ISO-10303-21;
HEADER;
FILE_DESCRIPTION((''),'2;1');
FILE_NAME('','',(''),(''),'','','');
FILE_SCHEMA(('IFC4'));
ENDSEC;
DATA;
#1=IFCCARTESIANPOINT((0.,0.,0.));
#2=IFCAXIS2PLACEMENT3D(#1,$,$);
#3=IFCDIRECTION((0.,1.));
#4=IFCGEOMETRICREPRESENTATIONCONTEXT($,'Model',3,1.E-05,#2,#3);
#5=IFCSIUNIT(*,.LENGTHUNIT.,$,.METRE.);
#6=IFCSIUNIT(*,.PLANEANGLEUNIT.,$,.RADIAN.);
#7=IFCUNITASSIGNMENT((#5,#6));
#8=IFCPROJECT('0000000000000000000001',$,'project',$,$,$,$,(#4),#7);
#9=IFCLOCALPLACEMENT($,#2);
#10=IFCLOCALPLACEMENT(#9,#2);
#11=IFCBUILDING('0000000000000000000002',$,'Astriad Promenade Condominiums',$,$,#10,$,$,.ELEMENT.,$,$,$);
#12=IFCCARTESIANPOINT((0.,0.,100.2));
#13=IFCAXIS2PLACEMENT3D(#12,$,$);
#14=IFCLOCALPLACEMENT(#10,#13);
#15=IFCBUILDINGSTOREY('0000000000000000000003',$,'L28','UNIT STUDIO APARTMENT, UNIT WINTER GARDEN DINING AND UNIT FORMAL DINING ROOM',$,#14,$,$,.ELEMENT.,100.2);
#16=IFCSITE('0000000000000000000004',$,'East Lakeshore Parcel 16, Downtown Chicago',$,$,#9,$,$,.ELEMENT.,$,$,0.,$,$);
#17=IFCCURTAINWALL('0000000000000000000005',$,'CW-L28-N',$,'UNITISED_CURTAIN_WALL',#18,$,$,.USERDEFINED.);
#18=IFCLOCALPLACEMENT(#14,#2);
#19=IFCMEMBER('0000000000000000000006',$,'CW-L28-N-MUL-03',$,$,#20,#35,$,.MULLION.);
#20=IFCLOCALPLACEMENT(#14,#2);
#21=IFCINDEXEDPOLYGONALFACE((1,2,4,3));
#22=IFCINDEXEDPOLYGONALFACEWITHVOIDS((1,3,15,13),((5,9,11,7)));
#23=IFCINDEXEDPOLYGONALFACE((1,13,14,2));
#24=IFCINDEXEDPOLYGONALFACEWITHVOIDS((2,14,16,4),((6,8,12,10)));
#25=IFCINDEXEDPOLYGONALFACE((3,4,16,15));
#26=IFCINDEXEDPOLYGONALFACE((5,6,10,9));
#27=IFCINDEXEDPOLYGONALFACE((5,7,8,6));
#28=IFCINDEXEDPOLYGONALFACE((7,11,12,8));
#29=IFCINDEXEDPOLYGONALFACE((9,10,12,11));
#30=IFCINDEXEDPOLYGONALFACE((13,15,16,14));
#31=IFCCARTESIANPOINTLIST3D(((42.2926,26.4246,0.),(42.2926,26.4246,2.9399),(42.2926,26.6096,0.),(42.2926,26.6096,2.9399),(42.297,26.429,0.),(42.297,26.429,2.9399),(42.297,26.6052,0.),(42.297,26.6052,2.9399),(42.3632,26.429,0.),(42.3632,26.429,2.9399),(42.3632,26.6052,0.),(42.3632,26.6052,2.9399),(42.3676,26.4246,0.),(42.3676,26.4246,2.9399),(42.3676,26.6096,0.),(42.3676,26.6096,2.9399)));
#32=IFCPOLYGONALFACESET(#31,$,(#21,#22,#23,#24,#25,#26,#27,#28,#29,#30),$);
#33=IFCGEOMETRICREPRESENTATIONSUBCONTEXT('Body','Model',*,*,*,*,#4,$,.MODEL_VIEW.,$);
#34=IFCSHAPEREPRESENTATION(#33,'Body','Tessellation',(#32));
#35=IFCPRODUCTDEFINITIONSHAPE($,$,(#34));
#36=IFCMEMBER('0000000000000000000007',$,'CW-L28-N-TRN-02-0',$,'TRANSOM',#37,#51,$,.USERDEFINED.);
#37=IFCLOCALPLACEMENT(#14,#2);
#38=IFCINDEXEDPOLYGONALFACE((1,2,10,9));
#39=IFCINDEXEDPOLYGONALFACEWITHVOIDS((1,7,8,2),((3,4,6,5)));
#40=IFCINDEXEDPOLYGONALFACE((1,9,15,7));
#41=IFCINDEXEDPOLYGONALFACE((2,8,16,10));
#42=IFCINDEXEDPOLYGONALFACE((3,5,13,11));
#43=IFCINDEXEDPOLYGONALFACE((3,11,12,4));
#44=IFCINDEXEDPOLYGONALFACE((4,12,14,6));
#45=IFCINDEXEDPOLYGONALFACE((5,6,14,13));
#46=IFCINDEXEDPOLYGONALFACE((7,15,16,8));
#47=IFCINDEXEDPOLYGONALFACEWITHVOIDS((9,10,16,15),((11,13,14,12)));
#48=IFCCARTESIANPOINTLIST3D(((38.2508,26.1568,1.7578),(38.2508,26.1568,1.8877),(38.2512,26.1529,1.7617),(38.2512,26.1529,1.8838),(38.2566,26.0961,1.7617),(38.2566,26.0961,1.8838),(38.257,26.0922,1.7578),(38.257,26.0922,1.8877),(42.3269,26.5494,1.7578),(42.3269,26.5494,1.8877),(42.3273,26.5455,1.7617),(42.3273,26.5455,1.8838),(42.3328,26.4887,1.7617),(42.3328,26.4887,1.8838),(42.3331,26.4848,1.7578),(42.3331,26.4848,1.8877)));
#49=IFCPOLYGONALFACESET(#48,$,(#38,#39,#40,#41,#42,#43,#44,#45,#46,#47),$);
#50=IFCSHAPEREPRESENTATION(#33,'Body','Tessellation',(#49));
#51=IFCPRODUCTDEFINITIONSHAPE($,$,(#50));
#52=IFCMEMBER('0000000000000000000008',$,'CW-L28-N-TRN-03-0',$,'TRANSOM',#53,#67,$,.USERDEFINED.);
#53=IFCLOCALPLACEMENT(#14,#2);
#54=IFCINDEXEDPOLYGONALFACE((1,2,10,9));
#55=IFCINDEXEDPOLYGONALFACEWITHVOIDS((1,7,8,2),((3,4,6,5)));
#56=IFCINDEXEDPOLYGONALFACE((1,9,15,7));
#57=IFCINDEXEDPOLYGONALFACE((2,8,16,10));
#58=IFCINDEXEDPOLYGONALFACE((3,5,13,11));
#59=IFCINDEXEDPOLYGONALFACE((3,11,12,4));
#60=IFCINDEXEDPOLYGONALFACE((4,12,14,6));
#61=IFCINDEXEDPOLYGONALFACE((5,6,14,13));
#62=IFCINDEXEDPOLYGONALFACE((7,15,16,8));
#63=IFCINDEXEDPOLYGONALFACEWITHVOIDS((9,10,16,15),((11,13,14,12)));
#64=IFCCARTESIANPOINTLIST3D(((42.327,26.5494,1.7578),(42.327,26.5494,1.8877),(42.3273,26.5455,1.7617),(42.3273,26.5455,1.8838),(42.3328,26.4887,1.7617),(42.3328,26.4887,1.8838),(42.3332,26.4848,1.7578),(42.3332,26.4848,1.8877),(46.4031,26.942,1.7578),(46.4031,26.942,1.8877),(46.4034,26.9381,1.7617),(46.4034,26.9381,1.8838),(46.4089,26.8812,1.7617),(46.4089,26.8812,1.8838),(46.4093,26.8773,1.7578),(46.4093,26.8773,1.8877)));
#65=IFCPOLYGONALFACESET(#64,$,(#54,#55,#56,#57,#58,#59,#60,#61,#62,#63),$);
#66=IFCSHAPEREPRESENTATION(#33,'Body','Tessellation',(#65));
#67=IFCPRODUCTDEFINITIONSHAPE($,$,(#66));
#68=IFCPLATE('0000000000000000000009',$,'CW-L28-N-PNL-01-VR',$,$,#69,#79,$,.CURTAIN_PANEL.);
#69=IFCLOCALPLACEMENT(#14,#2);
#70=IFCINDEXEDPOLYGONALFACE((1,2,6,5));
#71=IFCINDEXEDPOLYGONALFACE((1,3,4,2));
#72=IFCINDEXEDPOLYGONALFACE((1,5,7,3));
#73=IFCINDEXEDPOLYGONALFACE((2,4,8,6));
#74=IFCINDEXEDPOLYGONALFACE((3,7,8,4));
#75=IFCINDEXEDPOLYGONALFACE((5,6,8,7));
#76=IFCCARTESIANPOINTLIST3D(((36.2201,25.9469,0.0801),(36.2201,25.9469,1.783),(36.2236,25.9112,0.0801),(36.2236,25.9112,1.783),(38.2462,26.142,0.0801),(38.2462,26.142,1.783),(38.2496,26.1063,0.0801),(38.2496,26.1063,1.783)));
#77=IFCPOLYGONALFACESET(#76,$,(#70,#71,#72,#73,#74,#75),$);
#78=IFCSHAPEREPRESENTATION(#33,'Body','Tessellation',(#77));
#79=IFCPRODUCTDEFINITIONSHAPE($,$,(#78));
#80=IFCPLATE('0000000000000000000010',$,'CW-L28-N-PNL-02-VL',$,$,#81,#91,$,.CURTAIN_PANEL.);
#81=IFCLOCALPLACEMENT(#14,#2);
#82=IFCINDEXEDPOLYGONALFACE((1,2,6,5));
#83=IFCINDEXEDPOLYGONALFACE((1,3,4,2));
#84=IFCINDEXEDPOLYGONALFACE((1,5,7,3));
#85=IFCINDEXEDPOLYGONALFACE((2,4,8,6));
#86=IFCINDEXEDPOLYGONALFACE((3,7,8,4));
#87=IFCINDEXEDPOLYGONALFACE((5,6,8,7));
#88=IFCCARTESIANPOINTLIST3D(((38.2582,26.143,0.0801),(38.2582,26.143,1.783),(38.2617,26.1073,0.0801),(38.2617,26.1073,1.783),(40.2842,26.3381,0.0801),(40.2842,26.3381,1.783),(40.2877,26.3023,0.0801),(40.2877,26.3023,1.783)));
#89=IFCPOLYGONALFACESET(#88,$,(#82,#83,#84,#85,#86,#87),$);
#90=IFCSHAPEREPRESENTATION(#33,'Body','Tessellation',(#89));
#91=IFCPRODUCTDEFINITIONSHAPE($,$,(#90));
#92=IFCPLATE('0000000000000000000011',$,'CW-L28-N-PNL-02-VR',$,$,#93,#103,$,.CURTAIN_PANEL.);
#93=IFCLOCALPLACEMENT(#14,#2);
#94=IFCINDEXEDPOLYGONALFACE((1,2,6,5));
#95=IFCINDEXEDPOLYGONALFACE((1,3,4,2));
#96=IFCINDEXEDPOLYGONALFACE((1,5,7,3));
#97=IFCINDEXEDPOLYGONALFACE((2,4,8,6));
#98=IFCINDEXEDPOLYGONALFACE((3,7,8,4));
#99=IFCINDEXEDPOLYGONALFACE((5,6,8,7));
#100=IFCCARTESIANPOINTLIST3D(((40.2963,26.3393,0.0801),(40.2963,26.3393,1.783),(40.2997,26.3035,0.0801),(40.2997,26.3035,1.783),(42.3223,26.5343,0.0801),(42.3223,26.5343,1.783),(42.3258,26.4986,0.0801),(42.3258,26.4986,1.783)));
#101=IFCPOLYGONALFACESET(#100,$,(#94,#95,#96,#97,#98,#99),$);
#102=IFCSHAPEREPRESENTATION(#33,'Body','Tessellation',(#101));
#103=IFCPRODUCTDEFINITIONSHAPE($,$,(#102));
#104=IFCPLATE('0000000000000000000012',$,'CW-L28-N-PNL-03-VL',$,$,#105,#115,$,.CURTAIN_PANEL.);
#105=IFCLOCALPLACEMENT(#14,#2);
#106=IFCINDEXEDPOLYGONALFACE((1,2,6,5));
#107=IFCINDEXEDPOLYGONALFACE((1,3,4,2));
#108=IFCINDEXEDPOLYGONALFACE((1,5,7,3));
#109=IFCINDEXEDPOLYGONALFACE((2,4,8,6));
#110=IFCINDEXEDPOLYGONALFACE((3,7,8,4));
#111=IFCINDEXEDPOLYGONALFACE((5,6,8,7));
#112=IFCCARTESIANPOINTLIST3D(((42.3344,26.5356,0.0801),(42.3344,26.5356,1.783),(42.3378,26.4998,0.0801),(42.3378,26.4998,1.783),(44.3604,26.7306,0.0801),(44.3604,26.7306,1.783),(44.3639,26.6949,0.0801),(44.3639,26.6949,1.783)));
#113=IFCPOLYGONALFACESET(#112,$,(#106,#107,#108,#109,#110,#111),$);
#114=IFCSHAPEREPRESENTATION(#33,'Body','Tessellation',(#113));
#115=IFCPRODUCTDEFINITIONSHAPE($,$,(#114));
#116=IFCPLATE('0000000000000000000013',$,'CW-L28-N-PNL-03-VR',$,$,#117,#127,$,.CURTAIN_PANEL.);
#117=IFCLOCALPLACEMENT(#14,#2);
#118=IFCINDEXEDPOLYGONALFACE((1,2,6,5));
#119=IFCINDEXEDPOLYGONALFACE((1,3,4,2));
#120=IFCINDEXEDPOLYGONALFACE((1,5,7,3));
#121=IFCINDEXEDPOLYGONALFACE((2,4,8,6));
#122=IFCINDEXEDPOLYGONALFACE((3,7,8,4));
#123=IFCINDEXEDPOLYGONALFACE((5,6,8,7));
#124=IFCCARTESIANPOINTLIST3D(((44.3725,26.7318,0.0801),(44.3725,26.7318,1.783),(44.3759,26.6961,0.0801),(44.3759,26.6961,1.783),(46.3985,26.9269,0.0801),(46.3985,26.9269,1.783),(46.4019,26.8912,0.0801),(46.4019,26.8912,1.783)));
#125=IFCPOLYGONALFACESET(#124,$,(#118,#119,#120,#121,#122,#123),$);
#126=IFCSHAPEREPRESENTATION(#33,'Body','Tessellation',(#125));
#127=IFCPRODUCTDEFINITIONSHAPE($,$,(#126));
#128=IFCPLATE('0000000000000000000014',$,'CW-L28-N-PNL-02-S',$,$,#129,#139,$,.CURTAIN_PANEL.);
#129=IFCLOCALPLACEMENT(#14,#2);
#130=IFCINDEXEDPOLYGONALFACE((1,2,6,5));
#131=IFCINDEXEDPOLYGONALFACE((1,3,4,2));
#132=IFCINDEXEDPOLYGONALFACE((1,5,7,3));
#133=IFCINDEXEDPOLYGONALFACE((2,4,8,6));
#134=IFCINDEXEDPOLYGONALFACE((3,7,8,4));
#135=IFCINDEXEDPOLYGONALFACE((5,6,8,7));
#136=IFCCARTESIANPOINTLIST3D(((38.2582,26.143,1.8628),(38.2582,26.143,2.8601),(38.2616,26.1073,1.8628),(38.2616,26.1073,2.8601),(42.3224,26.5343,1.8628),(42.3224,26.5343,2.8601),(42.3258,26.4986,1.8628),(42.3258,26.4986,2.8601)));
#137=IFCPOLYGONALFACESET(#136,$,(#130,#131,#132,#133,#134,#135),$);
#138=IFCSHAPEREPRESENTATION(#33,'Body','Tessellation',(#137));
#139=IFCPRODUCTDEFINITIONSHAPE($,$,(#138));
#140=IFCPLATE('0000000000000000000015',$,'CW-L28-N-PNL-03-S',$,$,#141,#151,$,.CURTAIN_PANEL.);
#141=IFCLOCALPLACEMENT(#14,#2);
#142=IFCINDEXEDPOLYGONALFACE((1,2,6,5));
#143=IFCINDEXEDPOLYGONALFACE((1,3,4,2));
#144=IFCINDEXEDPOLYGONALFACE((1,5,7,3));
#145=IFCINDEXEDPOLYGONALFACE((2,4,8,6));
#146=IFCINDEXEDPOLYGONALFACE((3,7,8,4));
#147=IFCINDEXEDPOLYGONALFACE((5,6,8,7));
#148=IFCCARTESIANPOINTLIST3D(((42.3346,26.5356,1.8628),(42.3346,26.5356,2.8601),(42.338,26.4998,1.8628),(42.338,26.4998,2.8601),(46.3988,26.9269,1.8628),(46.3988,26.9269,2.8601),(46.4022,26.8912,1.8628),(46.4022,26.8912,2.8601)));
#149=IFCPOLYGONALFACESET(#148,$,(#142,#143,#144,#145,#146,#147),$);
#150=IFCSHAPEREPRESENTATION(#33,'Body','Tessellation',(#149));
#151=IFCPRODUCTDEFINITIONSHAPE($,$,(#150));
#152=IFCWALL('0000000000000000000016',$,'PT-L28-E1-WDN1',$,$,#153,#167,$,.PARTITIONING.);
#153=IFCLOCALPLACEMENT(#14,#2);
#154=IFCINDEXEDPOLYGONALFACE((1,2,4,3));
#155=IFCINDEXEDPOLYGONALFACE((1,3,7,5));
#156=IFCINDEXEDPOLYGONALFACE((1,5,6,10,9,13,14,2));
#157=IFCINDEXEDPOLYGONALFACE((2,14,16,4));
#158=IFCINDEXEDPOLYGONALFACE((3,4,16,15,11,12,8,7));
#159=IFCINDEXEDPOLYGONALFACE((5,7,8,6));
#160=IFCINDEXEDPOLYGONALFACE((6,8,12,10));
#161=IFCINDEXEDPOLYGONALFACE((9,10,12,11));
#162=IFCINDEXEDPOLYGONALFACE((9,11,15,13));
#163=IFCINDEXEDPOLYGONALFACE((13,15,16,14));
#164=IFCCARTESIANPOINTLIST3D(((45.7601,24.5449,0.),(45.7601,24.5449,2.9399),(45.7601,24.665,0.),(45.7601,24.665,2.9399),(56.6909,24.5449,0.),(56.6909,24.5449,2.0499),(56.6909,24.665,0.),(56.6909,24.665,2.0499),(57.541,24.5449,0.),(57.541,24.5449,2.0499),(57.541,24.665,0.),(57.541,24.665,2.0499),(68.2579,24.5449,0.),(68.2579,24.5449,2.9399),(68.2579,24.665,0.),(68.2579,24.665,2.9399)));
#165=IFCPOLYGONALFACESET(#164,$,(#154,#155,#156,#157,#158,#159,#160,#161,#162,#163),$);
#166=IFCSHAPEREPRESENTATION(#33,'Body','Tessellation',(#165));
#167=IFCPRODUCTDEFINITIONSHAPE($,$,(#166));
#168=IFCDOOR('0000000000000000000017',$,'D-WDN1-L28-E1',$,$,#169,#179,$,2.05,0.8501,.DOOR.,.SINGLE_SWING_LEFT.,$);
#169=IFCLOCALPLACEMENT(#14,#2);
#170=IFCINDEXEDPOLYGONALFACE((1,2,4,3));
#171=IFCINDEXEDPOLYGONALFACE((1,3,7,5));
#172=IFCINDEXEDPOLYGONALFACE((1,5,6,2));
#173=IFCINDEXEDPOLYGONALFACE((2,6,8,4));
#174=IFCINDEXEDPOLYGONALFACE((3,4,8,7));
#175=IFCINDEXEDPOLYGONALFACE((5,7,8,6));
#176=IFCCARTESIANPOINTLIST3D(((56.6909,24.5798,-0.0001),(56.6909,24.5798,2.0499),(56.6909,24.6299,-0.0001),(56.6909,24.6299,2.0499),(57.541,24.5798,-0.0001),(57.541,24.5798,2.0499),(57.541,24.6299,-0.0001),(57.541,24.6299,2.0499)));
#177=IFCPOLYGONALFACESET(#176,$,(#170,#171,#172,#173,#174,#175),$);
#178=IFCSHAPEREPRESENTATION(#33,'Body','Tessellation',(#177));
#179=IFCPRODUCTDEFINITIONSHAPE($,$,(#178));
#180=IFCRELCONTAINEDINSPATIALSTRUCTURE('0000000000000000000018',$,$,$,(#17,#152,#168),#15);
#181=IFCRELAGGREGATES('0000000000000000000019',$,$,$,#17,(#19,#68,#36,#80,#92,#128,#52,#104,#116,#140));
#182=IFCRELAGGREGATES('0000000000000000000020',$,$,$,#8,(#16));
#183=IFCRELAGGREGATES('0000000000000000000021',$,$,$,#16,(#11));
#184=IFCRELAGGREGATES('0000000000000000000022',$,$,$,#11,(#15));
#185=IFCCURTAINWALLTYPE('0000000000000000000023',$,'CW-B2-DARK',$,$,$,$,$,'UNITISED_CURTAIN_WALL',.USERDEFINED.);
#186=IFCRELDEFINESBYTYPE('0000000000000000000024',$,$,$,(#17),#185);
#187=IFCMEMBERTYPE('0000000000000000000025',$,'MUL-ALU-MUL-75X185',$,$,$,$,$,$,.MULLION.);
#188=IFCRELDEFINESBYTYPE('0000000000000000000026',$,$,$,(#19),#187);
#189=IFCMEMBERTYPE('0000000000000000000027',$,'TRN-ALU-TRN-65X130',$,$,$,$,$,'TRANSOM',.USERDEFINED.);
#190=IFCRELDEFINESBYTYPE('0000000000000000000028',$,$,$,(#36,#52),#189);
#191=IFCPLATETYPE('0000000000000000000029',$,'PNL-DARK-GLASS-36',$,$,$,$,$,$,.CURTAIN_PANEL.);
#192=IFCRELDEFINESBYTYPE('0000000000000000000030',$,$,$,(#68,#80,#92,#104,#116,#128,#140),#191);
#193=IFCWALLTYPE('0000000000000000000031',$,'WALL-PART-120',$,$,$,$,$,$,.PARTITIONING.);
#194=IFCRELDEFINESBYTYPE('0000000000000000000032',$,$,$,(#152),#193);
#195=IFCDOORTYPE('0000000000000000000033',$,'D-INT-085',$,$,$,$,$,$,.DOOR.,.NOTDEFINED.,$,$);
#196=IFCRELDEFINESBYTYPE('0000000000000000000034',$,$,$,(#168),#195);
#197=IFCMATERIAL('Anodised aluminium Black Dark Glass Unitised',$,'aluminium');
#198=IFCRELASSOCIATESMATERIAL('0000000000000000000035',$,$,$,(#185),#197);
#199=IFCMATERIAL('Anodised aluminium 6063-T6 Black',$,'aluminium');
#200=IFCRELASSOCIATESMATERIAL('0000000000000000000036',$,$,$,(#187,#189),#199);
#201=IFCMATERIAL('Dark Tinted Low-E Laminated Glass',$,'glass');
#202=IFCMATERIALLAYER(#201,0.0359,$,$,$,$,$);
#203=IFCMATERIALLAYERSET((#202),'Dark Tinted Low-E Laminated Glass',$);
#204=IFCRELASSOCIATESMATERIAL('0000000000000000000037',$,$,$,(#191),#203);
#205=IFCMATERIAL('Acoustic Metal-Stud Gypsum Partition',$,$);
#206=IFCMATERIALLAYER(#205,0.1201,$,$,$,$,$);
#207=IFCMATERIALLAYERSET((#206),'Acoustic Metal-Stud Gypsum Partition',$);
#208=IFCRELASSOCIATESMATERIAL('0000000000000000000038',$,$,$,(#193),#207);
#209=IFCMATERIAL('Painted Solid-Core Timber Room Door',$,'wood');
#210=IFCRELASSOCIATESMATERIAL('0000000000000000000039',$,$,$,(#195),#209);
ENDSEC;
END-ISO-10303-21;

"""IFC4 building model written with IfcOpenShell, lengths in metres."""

from ifc_helpers import new_model, si_unit, direction, frame, frame_2d, origin, origin_2d, place, context, subcontext, project, spatial, rectangle, hollow_rectangle, extrude, source, transform, mapped, material, layer, layer_set, material_profile, profile_set, type_object, type_shapes, element, fill, aggregate, save


model = new_model("IFC4")

# Units and contexts
model_context = context("Model", 3, precision=1e-05, world=origin(), true_north=direction((0.0, 1.0)))
body_context = subcontext(model_context, "Body", "Model", "MODEL_VIEW")
ifc_project = project(units=[si_unit("LENGTHUNIT", "METRE"), si_unit("PLANEANGLEUNIT", "RADIAN")], contexts=[model_context])

# Site, building, storey
site_placement = place(None, origin())
site = spatial("IfcSite", under=ifc_project, at=site_placement, Name="East Lakeshore Parcel 16, Downtown Chicago", CompositionType="ELEMENT", RefElevation=0.0)
building_placement = place(site_placement, origin())
building = spatial("IfcBuilding", under=site, at=building_placement, Name="Astriad Promenade Condominiums", CompositionType="ELEMENT")
storey_placement = place(building_placement, frame((0.0, 0.0, 100.2)))
storey = spatial("IfcBuildingStorey", under=building, at=storey_placement, Name="L28", Description="UNIT STUDIO APARTMENT, UNIT WINTER GARDEN DINING AND UNIT FORMAL DINING ROOM", CompositionType="ELEMENT", Elevation=100.2)

# Curtain wall, members, plates
ifc_material_1 = material(Name="Anodised aluminium Black Dark Glass Unitised", Category="aluminium")
curtain_wall_type = type_object("IfcCurtainWallType", Name="CW-B2-DARK", ElementType="UNITISED_CURTAIN_WALL", PredefinedType="USERDEFINED", material=ifc_material_1)
curtain_wall_placement = place(storey_placement, origin())
curtain_wall = element("IfcCurtainWall", 1, at=curtain_wall_placement, inside=storey, type_object=curtain_wall_type, Name="CW-L28-N", ObjectType="UNITISED_CURTAIN_WALL", PredefinedType="USERDEFINED")
ifc_material_2 = material(Name="Anodised aluminium 6063-T6 Black", Category="aluminium")
ifc_material_profile_1 = material_profile(ifc_material_2, hollow_rectangle(XDim=0.075, YDim=0.1851, WallThickness=0.0044, at=origin_2d()), Name="ALU-MUL-75X185")
ifc_profile_set_1 = profile_set([ifc_material_profile_1], Name="Anodised aluminium 6063-T6 Black")
member_type_1 = type_object("IfcMemberType", Name="MUL-ALU-MUL-75X185", PredefinedType="MULLION", material=ifc_profile_set_1)
shared_shape_1 = source(origin(), body_context, "Body", "SweptSolid", [
    extrude(hollow_rectangle(XDim=0.075, YDim=0.1851, WallThickness=0.0044, at=origin_2d()), origin(), (0.0, 0.0, 1.0), 2.9399),
])
type_shapes(member_type_1, [shared_shape_1])
member_1_placement = place(storey_placement, frame((42.3301, 26.5171, 0.0), z_axis=(0.0, 0.0, 1.0), x_axis=(1.0, 0.0, 0.0)))
member_1 = element("IfcMember", 2, at=member_1_placement, type_object=member_type_1, Name="CW-L28-N-MUL-03", PredefinedType="MULLION", context=body_context, shape_type="MappedRepresentation", body=[
    mapped(shared_shape_1, transform((0.0, 0.0, 0.0), scale=1.0)),
])
ifc_material_profile_2 = material_profile(ifc_material_2, hollow_rectangle(XDim=0.0649, YDim=0.1299, WallThickness=0.0039, at=origin_2d()), Name="ALU-TRN-65X130")
ifc_profile_set_2 = profile_set([ifc_material_profile_2], Name="Anodised aluminium 6063-T6 Black")
member_type_2 = type_object("IfcMemberType", Name="TRN-ALU-TRN-65X130", ElementType="TRANSOM", PredefinedType="USERDEFINED", material=ifc_profile_set_2)
shared_shape_2 = source(origin(), body_context, "Body", "SweptSolid", [
    extrude(hollow_rectangle(XDim=0.0649, YDim=0.1299, WallThickness=0.0039, at=origin_2d()), origin(), (0.0, 0.0, 1.0), 4.095),
])
type_shapes(member_type_2, [shared_shape_2])
member_2_placement = place(storey_placement, frame((38.2539, 26.1245, 1.8228), z_axis=(0.995394, 0.095867, 0.0), x_axis=(-0.095867, 0.995394, 0.0)))
member_2 = element("IfcMember", 3, at=member_2_placement, type_object=member_type_2, Name="CW-L28-N-TRN-02-0", ObjectType="TRANSOM", PredefinedType="USERDEFINED", context=body_context, shape_type="MappedRepresentation", body=[
    mapped(shared_shape_2, transform((0.0, 0.0, 0.0), scale=1.0)),
])
member_3_placement = place(storey_placement, frame((42.3301, 26.5171, 1.8228), z_axis=(0.995394, 0.095867, 0.0), x_axis=(-0.095867, 0.995394, 0.0)))
member_3 = element("IfcMember", 4, at=member_3_placement, type_object=member_type_2, Name="CW-L28-N-TRN-03-0", ObjectType="TRANSOM", PredefinedType="USERDEFINED", context=body_context, shape_type="MappedRepresentation", body=[
    mapped(shared_shape_2, transform((0.0, 0.0, 0.0), scale=1.0)),
])
ifc_material_3 = material(Name="Dark Tinted Low-E Laminated Glass", Category="glass")
ifc_layer_1 = layer(ifc_material_3, 0.0359)
ifc_layer_set_1 = layer_set([ifc_layer_1], Name="Dark Tinted Low-E Laminated Glass")
plate_type = type_object("IfcPlateType", Name="PNL-DARK-GLASS-36", PredefinedType="CURTAIN_PANEL", material=ifc_layer_set_1)
shared_shape_3 = source(origin(), body_context, "Body", "SweptSolid", [
    extrude(rectangle(XDim=2.0354, YDim=0.0359, at=origin_2d()), origin(), (0.0, 0.0, 1.0), 1.7029),
])
plate_1_placement = place(storey_placement, frame((37.2349, 26.0266, 0.0801), z_axis=(0.0, 0.0, 1.0), x_axis=(0.995396, 0.095846, 0.0)))
plate_1 = element("IfcPlate", 5, at=plate_1_placement, type_object=plate_type, Name="CW-L28-N-PNL-01-VR", PredefinedType="CURTAIN_PANEL", context=body_context, shape_type="MappedRepresentation", body=[
    mapped(shared_shape_3, transform((0.0, 0.0, 0.0), scale=1.0)),
])
plate_2_placement = place(storey_placement, frame((39.2729, 26.2227, 0.0801), z_axis=(0.0, 0.0, 1.0), x_axis=(0.995396, 0.095846, 0.0)))
plate_2 = element("IfcPlate", 6, at=plate_2_placement, type_object=plate_type, Name="CW-L28-N-PNL-02-VL", PredefinedType="CURTAIN_PANEL", context=body_context, shape_type="MappedRepresentation", body=[
    mapped(shared_shape_3, transform((0.0, 0.0, 0.0), scale=1.0)),
])
plate_3_placement = place(storey_placement, frame((41.311, 26.4189, 0.0801), z_axis=(0.0, 0.0, 1.0), x_axis=(0.995396, 0.095846, 0.0)))
plate_3 = element("IfcPlate", 7, at=plate_3_placement, type_object=plate_type, Name="CW-L28-N-PNL-02-VR", PredefinedType="CURTAIN_PANEL", context=body_context, shape_type="MappedRepresentation", body=[
    mapped(shared_shape_3, transform((0.0, 0.0, 0.0), scale=1.0)),
])
plate_4_placement = place(storey_placement, frame((43.3491, 26.6152, 0.0801), z_axis=(0.0, 0.0, 1.0), x_axis=(0.995396, 0.095846, 0.0)))
plate_4 = element("IfcPlate", 8, at=plate_4_placement, type_object=plate_type, Name="CW-L28-N-PNL-03-VL", PredefinedType="CURTAIN_PANEL", context=body_context, shape_type="MappedRepresentation", body=[
    mapped(shared_shape_3, transform((0.0, 0.0, 0.0), scale=1.0)),
])
plate_5_placement = place(storey_placement, frame((45.3872, 26.8115, 0.0801), z_axis=(0.0, 0.0, 1.0), x_axis=(0.995396, 0.095846, 0.0)))
plate_5 = element("IfcPlate", 9, at=plate_5_placement, type_object=plate_type, Name="CW-L28-N-PNL-03-VR", PredefinedType="CURTAIN_PANEL", context=body_context, shape_type="MappedRepresentation", body=[
    mapped(shared_shape_3, transform((0.0, 0.0, 0.0), scale=1.0)),
])
shared_shape_4 = source(origin(), body_context, "Body", "SweptSolid", [
    extrude(rectangle(XDim=4.083, YDim=0.0359, at=origin_2d()), origin(), (0.0, 0.0, 1.0), 0.9973),
])
type_shapes(plate_type, [shared_shape_3, shared_shape_4])
plate_6_placement = place(storey_placement, frame((40.292, 26.3208, 1.8628), z_axis=(0.0, 0.0, 1.0), x_axis=(0.995396, 0.095846, 0.0)))
plate_6 = element("IfcPlate", 10, at=plate_6_placement, type_object=plate_type, Name="CW-L28-N-PNL-02-S", PredefinedType="CURTAIN_PANEL", context=body_context, shape_type="MappedRepresentation", body=[
    mapped(shared_shape_4, transform((0.0, 0.0, 0.0), scale=1.0)),
])
plate_7_placement = place(storey_placement, frame((44.3684, 26.7134, 1.8628), z_axis=(0.0, 0.0, 1.0), x_axis=(0.995396, 0.095846, 0.0)))
plate_7 = element("IfcPlate", 11, at=plate_7_placement, type_object=plate_type, Name="CW-L28-N-PNL-03-S", PredefinedType="CURTAIN_PANEL", context=body_context, shape_type="MappedRepresentation", body=[
    mapped(shared_shape_4, transform((0.0, 0.0, 0.0), scale=1.0)),
])
aggregate(curtain_wall, [member_1, plate_1, member_2, plate_2, plate_3, plate_6, member_3, plate_4, plate_5, plate_7])

# Wall, opening, door
ifc_material_4 = material(Name="Acoustic Metal-Stud Gypsum Partition")
ifc_layer_2 = layer(ifc_material_4, 0.1201)
ifc_layer_set_2 = layer_set([ifc_layer_2], Name="Acoustic Metal-Stud Gypsum Partition")
wall_type = type_object("IfcWallType", Name="WALL-PART-120", PredefinedType="PARTITIONING", material=ifc_layer_set_2)
wall_placement = place(storey_placement, frame((45.76, 24.605, 0.0), z_axis=(0.0, 0.0, 1.0), x_axis=(1.0, 0.0, 0.0)))
wall = element("IfcWall", 12, at=wall_placement, inside=storey, type_object=wall_type, Name="PT-L28-E1-WDN1", PredefinedType="PARTITIONING", context=body_context, shape_type="SweptSolid", body=[
    extrude(rectangle(XDim=22.4978, YDim=0.1201, at=frame_2d((11.249, 0.0))), origin(), (0.0, 0.0, 1.0), 2.9399),
])
opening_placement = place(wall_placement, frame((10.9309, 0.0, 0.0)))
opening = element("IfcOpeningElement", 13, at=opening_placement, cuts=wall, PredefinedType="OPENING", context=body_context, shape_type="SweptSolid", body=[
    extrude(rectangle(XDim=0.8501, YDim=2.05, at=frame_2d((0.425, 1.0249))), frame((0.0, 0.0701, 0.0), z_axis=(0.0, -1.0, 0.0), x_axis=(1.0, 0.0, 0.0)), (0.0, 0.0, 1.0), 0.1401),
])
ifc_material_5 = material(Name="Painted Solid-Core Timber Room Door", Category="wood")
door_type = type_object("IfcDoorType", Name="D-INT-085", OperationType="NOTDEFINED", PredefinedType="DOOR", material=ifc_material_5)
shared_shape_5 = source(origin(), body_context, "Body", "SweptSolid", [
    extrude(rectangle(XDim=0.8501, YDim=2.05, at=frame_2d((0.425, 1.0249))), frame((0.0, 0.0249, 0.0), z_axis=(0.0, -1.0, 0.0), x_axis=(1.0, 0.0, 0.0)), (0.0, 0.0, 1.0), 0.05),
])
type_shapes(door_type, [shared_shape_5])
door_placement = place(opening_placement, origin())
door = element("IfcDoor", 14, at=door_placement, inside=storey, type_object=door_type, Name="D-WDN1-L28-E1", OperationType="SINGLE_SWING_LEFT", OverallHeight=2.05, OverallWidth=0.8501, PredefinedType="DOOR", context=body_context, shape_type="MappedRepresentation", body=[
    mapped(shared_shape_5, transform((0.0, 0.0, 0.0), scale=1.0)),
])
fill(opening, door)

save(model, "model.ifc")
